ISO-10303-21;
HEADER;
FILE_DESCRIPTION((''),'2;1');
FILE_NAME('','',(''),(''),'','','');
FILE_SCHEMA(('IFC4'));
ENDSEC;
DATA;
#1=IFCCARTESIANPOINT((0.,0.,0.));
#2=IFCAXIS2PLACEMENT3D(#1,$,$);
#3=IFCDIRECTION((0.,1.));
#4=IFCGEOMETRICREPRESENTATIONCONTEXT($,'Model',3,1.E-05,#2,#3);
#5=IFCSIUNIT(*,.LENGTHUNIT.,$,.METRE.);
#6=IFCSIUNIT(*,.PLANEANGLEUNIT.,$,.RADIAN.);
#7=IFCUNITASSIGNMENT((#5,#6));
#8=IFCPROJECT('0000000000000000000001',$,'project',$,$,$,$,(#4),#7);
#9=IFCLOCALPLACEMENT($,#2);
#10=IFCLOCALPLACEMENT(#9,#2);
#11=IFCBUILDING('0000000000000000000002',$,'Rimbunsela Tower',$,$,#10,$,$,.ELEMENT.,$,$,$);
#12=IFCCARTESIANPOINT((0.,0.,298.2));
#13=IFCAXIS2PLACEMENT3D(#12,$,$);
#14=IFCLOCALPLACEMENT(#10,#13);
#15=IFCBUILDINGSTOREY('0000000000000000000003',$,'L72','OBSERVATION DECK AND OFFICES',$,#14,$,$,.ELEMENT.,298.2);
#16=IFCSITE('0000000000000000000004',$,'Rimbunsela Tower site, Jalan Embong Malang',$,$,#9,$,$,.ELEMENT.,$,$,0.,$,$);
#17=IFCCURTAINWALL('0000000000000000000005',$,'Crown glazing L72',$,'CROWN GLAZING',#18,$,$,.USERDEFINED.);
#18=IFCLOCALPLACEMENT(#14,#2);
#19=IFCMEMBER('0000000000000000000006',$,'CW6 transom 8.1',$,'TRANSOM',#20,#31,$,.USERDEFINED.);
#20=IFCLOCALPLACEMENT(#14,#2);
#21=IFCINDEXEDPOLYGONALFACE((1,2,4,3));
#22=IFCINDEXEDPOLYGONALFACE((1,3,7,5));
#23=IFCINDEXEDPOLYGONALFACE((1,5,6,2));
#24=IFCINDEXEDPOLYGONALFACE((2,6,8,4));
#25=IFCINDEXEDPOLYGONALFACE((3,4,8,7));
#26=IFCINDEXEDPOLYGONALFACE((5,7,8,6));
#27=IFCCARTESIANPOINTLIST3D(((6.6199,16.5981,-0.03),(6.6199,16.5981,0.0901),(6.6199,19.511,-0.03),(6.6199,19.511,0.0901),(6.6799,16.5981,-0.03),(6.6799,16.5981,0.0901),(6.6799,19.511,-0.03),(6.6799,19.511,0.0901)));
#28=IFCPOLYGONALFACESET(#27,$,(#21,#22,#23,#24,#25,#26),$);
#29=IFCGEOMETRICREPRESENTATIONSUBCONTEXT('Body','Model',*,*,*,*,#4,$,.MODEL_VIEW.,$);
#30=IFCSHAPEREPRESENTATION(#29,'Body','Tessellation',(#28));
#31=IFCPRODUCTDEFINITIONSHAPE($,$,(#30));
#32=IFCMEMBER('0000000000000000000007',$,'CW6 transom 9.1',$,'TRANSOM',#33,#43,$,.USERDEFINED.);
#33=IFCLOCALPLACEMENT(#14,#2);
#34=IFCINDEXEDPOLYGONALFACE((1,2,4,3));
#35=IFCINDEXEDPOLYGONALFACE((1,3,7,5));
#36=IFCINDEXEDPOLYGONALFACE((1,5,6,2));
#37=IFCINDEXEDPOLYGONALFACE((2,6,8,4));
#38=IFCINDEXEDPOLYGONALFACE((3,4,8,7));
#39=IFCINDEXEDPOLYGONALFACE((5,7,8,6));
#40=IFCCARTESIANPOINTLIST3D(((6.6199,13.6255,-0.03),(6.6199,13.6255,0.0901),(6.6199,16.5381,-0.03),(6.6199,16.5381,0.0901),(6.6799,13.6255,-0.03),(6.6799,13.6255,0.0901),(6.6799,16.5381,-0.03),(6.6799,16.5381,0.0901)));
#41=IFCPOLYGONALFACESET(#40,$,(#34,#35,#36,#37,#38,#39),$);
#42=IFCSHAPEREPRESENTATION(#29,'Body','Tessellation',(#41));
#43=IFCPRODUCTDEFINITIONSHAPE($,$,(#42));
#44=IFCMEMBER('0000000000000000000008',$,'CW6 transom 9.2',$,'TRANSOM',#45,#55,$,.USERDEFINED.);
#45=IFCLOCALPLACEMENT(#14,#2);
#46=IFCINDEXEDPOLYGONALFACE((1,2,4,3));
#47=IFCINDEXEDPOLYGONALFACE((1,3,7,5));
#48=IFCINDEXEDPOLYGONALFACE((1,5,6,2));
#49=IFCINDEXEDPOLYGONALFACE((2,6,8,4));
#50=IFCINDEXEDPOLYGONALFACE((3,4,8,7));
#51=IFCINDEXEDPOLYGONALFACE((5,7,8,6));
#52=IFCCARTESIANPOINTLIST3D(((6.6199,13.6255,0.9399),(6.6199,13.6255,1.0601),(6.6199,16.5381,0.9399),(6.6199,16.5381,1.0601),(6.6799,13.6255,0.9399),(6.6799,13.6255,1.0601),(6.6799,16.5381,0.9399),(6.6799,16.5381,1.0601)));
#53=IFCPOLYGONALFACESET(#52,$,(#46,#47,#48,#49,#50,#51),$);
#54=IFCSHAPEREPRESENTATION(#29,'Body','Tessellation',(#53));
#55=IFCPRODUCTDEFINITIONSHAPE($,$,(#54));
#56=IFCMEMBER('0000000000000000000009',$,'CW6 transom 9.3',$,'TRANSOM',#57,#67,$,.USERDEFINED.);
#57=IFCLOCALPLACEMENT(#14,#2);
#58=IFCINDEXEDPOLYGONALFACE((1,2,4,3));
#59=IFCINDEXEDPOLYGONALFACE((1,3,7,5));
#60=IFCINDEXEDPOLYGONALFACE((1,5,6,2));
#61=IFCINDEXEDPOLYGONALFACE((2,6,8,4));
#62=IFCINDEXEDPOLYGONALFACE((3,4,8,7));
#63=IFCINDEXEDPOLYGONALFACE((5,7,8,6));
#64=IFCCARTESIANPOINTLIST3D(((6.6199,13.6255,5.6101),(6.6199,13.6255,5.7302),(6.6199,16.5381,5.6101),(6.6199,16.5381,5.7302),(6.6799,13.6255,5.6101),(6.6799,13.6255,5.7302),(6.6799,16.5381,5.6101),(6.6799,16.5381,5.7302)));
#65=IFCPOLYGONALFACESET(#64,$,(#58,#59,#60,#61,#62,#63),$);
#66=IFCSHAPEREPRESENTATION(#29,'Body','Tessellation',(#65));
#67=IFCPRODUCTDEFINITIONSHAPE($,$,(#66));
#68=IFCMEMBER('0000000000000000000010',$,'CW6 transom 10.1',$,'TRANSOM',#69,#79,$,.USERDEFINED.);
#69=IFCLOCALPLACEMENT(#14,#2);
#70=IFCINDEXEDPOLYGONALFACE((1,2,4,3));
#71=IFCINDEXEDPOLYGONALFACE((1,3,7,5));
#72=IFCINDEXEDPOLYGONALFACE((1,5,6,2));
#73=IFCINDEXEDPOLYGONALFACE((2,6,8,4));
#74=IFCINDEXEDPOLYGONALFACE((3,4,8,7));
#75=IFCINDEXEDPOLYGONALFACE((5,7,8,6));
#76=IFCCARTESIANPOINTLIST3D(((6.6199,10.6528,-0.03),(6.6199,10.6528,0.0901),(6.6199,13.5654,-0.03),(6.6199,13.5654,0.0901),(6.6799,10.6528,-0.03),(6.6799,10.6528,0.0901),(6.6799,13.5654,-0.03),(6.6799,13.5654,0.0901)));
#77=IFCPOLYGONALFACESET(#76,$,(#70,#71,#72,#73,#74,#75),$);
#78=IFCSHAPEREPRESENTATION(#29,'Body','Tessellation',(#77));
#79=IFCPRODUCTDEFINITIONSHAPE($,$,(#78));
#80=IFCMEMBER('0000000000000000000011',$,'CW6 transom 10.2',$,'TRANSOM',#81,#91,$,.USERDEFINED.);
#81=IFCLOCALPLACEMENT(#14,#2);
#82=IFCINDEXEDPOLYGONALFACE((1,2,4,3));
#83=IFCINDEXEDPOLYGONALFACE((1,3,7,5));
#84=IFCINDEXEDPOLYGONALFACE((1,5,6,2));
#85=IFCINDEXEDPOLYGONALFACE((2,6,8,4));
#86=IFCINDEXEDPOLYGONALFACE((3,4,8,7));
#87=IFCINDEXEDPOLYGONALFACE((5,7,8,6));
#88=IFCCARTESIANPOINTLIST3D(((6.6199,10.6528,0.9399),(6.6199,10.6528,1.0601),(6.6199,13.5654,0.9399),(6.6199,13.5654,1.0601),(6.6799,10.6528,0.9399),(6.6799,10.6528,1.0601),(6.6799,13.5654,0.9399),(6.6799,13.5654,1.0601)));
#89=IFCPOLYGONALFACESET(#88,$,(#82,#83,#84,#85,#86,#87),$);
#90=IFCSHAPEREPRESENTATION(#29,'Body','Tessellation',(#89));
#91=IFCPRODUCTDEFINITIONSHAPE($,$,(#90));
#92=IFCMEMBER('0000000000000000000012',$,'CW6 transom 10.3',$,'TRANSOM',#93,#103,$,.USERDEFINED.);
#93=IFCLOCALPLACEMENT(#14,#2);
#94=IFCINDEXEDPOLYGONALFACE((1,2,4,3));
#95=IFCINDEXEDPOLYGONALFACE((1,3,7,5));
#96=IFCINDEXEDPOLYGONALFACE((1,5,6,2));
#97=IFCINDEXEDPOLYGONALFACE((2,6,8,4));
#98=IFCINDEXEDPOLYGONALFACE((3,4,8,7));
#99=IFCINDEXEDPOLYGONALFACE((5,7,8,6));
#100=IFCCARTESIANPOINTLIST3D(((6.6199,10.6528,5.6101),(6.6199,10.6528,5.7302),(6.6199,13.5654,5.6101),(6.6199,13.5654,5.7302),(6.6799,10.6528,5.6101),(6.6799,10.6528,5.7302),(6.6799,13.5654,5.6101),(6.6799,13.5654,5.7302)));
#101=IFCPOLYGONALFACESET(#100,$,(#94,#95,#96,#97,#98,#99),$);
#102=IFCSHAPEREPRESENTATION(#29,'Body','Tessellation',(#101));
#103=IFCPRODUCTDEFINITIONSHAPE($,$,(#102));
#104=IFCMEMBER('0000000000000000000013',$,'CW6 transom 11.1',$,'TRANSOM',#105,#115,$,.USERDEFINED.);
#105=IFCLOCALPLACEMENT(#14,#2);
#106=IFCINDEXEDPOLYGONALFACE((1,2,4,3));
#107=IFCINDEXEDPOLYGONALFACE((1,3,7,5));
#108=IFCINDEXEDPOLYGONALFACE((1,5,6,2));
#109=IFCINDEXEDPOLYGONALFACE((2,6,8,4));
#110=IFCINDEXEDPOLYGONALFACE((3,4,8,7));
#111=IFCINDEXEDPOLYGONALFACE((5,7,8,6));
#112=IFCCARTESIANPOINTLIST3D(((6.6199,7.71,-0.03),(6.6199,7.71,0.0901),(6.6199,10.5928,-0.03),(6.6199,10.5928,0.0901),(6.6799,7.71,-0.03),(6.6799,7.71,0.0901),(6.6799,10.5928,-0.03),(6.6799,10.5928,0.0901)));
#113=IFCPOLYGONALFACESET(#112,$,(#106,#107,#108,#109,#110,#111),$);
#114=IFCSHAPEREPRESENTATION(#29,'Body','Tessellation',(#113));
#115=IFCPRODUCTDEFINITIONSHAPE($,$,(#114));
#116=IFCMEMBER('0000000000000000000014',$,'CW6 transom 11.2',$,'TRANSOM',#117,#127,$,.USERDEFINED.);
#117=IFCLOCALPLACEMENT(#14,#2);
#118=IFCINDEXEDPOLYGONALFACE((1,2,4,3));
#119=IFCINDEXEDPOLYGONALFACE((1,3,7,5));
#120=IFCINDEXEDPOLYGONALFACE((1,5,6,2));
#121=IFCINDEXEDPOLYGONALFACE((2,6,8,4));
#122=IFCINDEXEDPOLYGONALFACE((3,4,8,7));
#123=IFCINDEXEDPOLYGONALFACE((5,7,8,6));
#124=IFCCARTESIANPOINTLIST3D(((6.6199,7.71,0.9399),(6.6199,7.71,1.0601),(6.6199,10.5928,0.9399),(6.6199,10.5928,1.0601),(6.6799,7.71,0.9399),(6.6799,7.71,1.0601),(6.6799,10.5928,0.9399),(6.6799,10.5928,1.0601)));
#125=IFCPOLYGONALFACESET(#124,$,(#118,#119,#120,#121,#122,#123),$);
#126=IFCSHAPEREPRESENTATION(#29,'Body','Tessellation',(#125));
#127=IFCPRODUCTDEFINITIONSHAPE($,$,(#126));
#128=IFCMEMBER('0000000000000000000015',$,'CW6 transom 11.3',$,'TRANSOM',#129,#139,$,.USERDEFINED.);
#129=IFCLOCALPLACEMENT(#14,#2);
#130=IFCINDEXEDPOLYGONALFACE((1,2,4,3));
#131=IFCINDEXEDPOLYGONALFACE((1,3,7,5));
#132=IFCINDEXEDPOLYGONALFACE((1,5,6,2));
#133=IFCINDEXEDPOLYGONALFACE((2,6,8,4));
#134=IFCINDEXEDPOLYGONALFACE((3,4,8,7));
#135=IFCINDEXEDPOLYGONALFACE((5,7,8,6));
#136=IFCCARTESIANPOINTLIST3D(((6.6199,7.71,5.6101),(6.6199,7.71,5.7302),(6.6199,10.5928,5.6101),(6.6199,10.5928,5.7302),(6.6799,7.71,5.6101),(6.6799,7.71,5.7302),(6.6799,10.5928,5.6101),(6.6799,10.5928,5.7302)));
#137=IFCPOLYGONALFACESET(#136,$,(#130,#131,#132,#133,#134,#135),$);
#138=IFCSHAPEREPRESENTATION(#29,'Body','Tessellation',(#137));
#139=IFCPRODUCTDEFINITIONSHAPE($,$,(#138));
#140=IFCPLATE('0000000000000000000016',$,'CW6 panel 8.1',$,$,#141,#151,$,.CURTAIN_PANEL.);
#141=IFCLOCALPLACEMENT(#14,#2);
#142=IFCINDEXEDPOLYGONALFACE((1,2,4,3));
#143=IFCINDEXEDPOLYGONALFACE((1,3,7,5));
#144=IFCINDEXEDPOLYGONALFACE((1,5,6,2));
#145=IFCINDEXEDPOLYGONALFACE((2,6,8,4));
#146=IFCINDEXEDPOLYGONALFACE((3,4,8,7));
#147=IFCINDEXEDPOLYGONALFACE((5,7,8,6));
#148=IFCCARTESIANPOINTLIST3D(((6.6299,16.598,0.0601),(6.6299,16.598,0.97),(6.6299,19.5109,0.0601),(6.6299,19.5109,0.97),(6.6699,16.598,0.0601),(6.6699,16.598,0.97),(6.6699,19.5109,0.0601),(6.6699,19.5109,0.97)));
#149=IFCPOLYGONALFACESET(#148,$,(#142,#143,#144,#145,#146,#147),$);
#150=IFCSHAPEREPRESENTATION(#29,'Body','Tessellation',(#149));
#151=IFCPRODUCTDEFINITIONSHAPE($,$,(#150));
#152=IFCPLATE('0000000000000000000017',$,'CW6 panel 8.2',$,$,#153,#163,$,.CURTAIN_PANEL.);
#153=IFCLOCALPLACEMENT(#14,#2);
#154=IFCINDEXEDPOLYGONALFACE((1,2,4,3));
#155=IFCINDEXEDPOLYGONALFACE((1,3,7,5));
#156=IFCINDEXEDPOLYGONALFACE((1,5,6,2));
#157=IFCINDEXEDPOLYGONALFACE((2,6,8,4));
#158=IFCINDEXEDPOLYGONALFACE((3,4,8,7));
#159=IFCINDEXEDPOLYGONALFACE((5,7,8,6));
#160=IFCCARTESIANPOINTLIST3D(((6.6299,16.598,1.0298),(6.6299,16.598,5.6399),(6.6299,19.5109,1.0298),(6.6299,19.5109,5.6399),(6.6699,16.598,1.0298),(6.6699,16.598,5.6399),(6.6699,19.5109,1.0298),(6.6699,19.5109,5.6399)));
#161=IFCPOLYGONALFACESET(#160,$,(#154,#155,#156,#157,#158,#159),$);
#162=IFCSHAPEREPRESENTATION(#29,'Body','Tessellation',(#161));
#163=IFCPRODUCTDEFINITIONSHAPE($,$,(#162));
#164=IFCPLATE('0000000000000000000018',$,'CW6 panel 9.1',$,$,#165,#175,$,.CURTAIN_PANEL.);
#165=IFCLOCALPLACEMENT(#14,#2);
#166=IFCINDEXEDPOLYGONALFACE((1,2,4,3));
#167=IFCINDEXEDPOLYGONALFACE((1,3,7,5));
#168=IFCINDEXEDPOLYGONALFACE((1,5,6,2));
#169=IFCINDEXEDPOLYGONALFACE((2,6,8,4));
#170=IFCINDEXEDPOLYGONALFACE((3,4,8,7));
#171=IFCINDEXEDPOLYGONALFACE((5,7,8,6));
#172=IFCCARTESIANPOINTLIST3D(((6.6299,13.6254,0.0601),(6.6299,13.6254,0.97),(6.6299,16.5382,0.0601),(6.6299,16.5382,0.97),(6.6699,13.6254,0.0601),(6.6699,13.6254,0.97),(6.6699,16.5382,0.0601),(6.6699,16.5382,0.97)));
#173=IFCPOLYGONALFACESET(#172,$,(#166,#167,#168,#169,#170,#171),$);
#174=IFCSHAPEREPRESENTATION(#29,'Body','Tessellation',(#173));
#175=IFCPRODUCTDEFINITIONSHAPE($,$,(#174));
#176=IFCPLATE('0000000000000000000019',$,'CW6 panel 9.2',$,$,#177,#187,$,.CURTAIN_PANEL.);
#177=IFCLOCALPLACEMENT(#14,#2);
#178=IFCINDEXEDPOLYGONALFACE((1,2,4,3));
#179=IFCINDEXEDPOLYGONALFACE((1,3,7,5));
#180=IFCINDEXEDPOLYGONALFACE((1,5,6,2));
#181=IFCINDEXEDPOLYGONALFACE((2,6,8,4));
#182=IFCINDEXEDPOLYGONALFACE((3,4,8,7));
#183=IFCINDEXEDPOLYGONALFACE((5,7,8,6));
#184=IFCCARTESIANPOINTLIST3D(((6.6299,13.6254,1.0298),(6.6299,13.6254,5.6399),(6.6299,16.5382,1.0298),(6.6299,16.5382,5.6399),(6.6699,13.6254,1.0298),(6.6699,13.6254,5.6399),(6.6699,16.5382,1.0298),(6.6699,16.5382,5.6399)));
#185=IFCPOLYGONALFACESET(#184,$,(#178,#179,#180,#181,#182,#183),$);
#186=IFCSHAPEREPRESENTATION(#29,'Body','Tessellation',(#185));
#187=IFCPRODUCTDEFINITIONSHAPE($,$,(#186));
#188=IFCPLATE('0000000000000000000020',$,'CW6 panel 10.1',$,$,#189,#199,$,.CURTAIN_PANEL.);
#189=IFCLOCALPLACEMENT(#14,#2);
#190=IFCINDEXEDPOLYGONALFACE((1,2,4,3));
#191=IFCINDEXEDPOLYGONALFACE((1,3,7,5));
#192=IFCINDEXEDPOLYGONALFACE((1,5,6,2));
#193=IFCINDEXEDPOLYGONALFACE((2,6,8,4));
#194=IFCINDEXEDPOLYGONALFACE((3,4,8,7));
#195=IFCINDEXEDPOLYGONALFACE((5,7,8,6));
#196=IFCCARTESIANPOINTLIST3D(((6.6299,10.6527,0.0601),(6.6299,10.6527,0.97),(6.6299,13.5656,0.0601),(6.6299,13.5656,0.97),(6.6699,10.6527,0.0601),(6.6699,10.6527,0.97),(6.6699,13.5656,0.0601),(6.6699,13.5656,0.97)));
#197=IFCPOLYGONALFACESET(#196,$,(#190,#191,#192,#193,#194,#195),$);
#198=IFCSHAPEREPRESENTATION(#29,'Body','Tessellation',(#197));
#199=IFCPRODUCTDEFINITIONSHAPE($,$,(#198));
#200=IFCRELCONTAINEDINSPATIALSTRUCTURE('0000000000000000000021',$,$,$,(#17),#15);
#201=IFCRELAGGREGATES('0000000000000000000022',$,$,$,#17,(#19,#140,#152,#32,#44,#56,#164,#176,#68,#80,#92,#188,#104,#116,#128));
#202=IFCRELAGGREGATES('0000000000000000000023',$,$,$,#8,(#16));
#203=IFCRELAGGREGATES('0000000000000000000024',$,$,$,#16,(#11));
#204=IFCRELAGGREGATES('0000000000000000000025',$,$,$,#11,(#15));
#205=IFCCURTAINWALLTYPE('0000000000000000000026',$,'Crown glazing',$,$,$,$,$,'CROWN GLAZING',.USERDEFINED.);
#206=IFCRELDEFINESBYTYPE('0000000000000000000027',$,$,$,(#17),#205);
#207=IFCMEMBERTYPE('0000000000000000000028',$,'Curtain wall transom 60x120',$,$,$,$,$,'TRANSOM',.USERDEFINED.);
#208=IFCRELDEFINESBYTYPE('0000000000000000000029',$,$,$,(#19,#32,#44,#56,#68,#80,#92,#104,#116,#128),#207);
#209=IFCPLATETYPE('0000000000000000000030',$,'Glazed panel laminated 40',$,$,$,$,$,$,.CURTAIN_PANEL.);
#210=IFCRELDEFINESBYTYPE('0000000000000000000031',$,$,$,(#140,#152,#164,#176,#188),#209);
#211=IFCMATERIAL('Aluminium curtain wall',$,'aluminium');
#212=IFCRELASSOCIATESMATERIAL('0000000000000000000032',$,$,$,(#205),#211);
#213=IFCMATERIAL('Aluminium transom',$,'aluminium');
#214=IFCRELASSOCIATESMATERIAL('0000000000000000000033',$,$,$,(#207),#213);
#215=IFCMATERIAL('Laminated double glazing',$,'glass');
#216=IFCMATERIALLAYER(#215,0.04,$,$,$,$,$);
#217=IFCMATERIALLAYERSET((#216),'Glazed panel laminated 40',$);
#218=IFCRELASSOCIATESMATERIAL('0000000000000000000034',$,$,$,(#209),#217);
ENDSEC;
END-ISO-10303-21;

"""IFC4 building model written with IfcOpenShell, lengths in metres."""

from ifc_helpers import new_model, si_unit, direction, frame, origin, origin_2d, place, context, subcontext, project, spatial, rectangle, extrude, material, layer, layer_set, material_profile, profile_set, type_object, element, aggregate, save


model = new_model("IFC4")

# Units and contexts
model_context = context("Model", 3, precision=1e-05, world=origin(), true_north=direction((0.0, 1.0)))
body_context = subcontext(model_context, "Body", "Model", "MODEL_VIEW")
ifc_project = project(units=[si_unit("LENGTHUNIT", "METRE"), si_unit("PLANEANGLEUNIT", "RADIAN")], contexts=[model_context])

# Site, building, storey
site_placement = place(None, origin())
site = spatial("IfcSite", under=ifc_project, at=site_placement, Name="Rimbunsela Tower site, Jalan Embong Malang", CompositionType="ELEMENT", RefElevation=0.0)
building_placement = place(site_placement, origin())
building = spatial("IfcBuilding", under=site, at=building_placement, Name="Rimbunsela Tower", CompositionType="ELEMENT")
storey_placement = place(building_placement, frame((0.0, 0.0, 298.2)))
storey = spatial("IfcBuildingStorey", under=building, at=storey_placement, Name="L72", Description="OBSERVATION DECK AND OFFICES", CompositionType="ELEMENT", Elevation=298.2)

# Curtain wall, members, plates
ifc_material_1 = material(Name="Aluminium curtain wall", Category="aluminium")
curtain_wall_type = type_object("IfcCurtainWallType", Name="Crown glazing", ElementType="CROWN GLAZING", PredefinedType="USERDEFINED", material=ifc_material_1)
curtain_wall_placement = place(storey_placement, origin())
curtain_wall = element("IfcCurtainWall", 1, at=curtain_wall_placement, inside=storey, type_object=curtain_wall_type, Name="Crown glazing L72", ObjectType="CROWN GLAZING", PredefinedType="USERDEFINED")
ifc_material_2 = material(Name="Aluminium transom", Category="aluminium")
ifc_material_profile_1 = material_profile(ifc_material_2, rectangle(XDim=0.0601, YDim=0.1201, at=origin_2d()), Name="Transom 60x120")
ifc_profile_set_1 = profile_set([ifc_material_profile_1], Name="Aluminium transom")
member_type_1 = type_object("IfcMemberType", Name="Curtain wall transom 60x120", ElementType="TRANSOM", PredefinedType="USERDEFINED", material=ifc_profile_set_1)
member_1_placement = place(storey_placement, frame((6.6499, 19.511, 0.03), z_axis=(0.0, -1.0, 0.0), x_axis=(1.0, 0.0, 0.0)))
member_1 = element("IfcMember", 2, at=member_1_placement, type_object=member_type_1, Name="CW6 transom 8.1", ObjectType="TRANSOM", PredefinedType="USERDEFINED", context=body_context, shape_type="SweptSolid", body=[
    extrude(rectangle(XDim=0.0601, YDim=0.1201, at=origin_2d()), origin(), (0.0, 0.0, 1.0), 2.9128),
])
member_2_placement = place(storey_placement, frame((6.6499, 16.5381, 0.03), z_axis=(0.0, -1.0, 0.0), x_axis=(1.0, 0.0, 0.0)))
member_2 = element("IfcMember", 3, at=member_2_placement, type_object=member_type_1, Name="CW6 transom 9.1", ObjectType="TRANSOM", PredefinedType="USERDEFINED", context=body_context, shape_type="SweptSolid", body=[
    extrude(rectangle(XDim=0.0601, YDim=0.1201, at=origin_2d()), origin(), (0.0, 0.0, 1.0), 2.9126),
])
member_3_placement = place(storey_placement, frame((6.6499, 16.5381, 1.0), z_axis=(0.0, -1.0, 0.0), x_axis=(1.0, 0.0, 0.0)))
member_3 = element("IfcMember", 4, at=member_3_placement, type_object=member_type_1, Name="CW6 transom 9.2", ObjectType="TRANSOM", PredefinedType="USERDEFINED", context=body_context, shape_type="SweptSolid", body=[
    extrude(rectangle(XDim=0.0601, YDim=0.1201, at=origin_2d()), origin(), (0.0, 0.0, 1.0), 2.9126),
])
member_4_placement = place(storey_placement, frame((6.6499, 16.5381, 5.6702), z_axis=(0.0, -1.0, 0.0), x_axis=(1.0, 0.0, 0.0)))
member_4 = element("IfcMember", 5, at=member_4_placement, type_object=member_type_1, Name="CW6 transom 9.3", ObjectType="TRANSOM", PredefinedType="USERDEFINED", context=body_context, shape_type="SweptSolid", body=[
    extrude(rectangle(XDim=0.0601, YDim=0.1201, at=origin_2d()), origin(), (0.0, 0.0, 1.0), 2.9126),
])
member_5_placement = place(storey_placement, frame((6.6499, 13.5654, 0.03), z_axis=(0.0, -1.0, 0.0), x_axis=(1.0, 0.0, 0.0)))
member_5 = element("IfcMember", 6, at=member_5_placement, type_object=member_type_1, Name="CW6 transom 10.1", ObjectType="TRANSOM", PredefinedType="USERDEFINED", context=body_context, shape_type="SweptSolid", body=[
    extrude(rectangle(XDim=0.0601, YDim=0.1201, at=origin_2d()), origin(), (0.0, 0.0, 1.0), 2.9126),
])
member_6_placement = place(storey_placement, frame((6.6499, 13.5654, 1.0), z_axis=(0.0, -1.0, 0.0), x_axis=(1.0, 0.0, 0.0)))
member_6 = element("IfcMember", 7, at=member_6_placement, type_object=member_type_1, Name="CW6 transom 10.2", ObjectType="TRANSOM", PredefinedType="USERDEFINED", context=body_context, shape_type="SweptSolid", body=[
    extrude(rectangle(XDim=0.0601, YDim=0.1201, at=origin_2d()), origin(), (0.0, 0.0, 1.0), 2.9126),
])
member_7_placement = place(storey_placement, frame((6.6499, 13.5654, 5.6702), z_axis=(0.0, -1.0, 0.0), x_axis=(1.0, 0.0, 0.0)))
member_7 = element("IfcMember", 8, at=member_7_placement, type_object=member_type_1, Name="CW6 transom 10.3", ObjectType="TRANSOM", PredefinedType="USERDEFINED", context=body_context, shape_type="SweptSolid", body=[
    extrude(rectangle(XDim=0.0601, YDim=0.1201, at=origin_2d()), origin(), (0.0, 0.0, 1.0), 2.9126),
])
member_8_placement = place(storey_placement, frame((6.6499, 10.5928, 0.03), z_axis=(0.0, -1.0, 0.0), x_axis=(1.0, 0.0, 0.0)))
member_8 = element("IfcMember", 9, at=member_8_placement, type_object=member_type_1, Name="CW6 transom 11.1", ObjectType="TRANSOM", PredefinedType="USERDEFINED", context=body_context, shape_type="SweptSolid", body=[
    extrude(rectangle(XDim=0.0601, YDim=0.1201, at=origin_2d()), origin(), (0.0, 0.0, 1.0), 2.8828),
])
member_9_placement = place(storey_placement, frame((6.6499, 10.5928, 1.0), z_axis=(0.0, -1.0, 0.0), x_axis=(1.0, 0.0, 0.0)))
member_9 = element("IfcMember", 10, at=member_9_placement, type_object=member_type_1, Name="CW6 transom 11.2", ObjectType="TRANSOM", PredefinedType="USERDEFINED", context=body_context, shape_type="SweptSolid", body=[
    extrude(rectangle(XDim=0.0601, YDim=0.1201, at=origin_2d()), origin(), (0.0, 0.0, 1.0), 2.8828),
])
member_10_placement = place(storey_placement, frame((6.6499, 10.5928, 5.6702), z_axis=(0.0, -1.0, 0.0), x_axis=(1.0, 0.0, 0.0)))
member_10 = element("IfcMember", 11, at=member_10_placement, type_object=member_type_1, Name="CW6 transom 11.3", ObjectType="TRANSOM", PredefinedType="USERDEFINED", context=body_context, shape_type="SweptSolid", body=[
    extrude(rectangle(XDim=0.0601, YDim=0.1201, at=origin_2d()), origin(), (0.0, 0.0, 1.0), 2.8828),
])
ifc_material_3 = material(Name="Laminated double glazing", Category="glass")
ifc_layer = layer(ifc_material_3, 0.04)
ifc_layer_set = layer_set([ifc_layer], Name="Glazed panel laminated 40")
plate_type = type_object("IfcPlateType", Name="Glazed panel laminated 40", PredefinedType="CURTAIN_PANEL", material=ifc_layer_set)
plate_1_placement = place(storey_placement, frame((6.6499, 18.0544, 0.0601), z_axis=(0.0, 0.0, 1.0), x_axis=(0.0, -1.0, 0.0)))
plate_1 = element("IfcPlate", 12, at=plate_1_placement, type_object=plate_type, Name="CW6 panel 8.1", PredefinedType="CURTAIN_PANEL", context=body_context, shape_type="SweptSolid", body=[
    extrude(rectangle(XDim=2.9128, YDim=0.04, at=origin_2d()), origin(), (0.0, 0.0, 1.0), 0.9099),
])
plate_2_placement = place(storey_placement, frame((6.6499, 18.0544, 1.0298), z_axis=(0.0, 0.0, 1.0), x_axis=(0.0, -1.0, 0.0)))
plate_2 = element("IfcPlate", 13, at=plate_2_placement, type_object=plate_type, Name="CW6 panel 8.2", PredefinedType="CURTAIN_PANEL", context=body_context, shape_type="SweptSolid", body=[
    extrude(rectangle(XDim=2.9128, YDim=0.04, at=origin_2d()), origin(), (0.0, 0.0, 1.0), 4.6101),
])
plate_3_placement = place(storey_placement, frame((6.6499, 15.0818, 0.0601), z_axis=(0.0, 0.0, 1.0), x_axis=(0.0, -1.0, 0.0)))
plate_3 = element("IfcPlate", 14, at=plate_3_placement, type_object=plate_type, Name="CW6 panel 9.1", PredefinedType="CURTAIN_PANEL", context=body_context, shape_type="SweptSolid", body=[
    extrude(rectangle(XDim=2.9128, YDim=0.04, at=origin_2d()), origin(), (0.0, 0.0, 1.0), 0.9099),
])
plate_4_placement = place(storey_placement, frame((6.6499, 15.0818, 1.0298), z_axis=(0.0, 0.0, 1.0), x_axis=(0.0, -1.0, 0.0)))
plate_4 = element("IfcPlate", 15, at=plate_4_placement, type_object=plate_type, Name="CW6 panel 9.2", PredefinedType="CURTAIN_PANEL", context=body_context, shape_type="SweptSolid", body=[
    extrude(rectangle(XDim=2.9128, YDim=0.04, at=origin_2d()), origin(), (0.0, 0.0, 1.0), 4.6101),
])
plate_5_placement = place(storey_placement, frame((6.6499, 12.1091, 0.0601), z_axis=(0.0, 0.0, 1.0), x_axis=(0.0, -1.0, 0.0)))
plate_5 = element("IfcPlate", 16, at=plate_5_placement, type_object=plate_type, Name="CW6 panel 10.1", PredefinedType="CURTAIN_PANEL", context=body_context, shape_type="SweptSolid", body=[
    extrude(rectangle(XDim=2.9128, YDim=0.04, at=origin_2d()), origin(), (0.0, 0.0, 1.0), 0.9099),
])
aggregate(curtain_wall, [member_1, plate_1, plate_2, member_2, member_3, member_4, plate_3, plate_4, member_5, member_6, member_7, plate_5, member_8, member_9, member_10])

save(model, "model.ifc")
